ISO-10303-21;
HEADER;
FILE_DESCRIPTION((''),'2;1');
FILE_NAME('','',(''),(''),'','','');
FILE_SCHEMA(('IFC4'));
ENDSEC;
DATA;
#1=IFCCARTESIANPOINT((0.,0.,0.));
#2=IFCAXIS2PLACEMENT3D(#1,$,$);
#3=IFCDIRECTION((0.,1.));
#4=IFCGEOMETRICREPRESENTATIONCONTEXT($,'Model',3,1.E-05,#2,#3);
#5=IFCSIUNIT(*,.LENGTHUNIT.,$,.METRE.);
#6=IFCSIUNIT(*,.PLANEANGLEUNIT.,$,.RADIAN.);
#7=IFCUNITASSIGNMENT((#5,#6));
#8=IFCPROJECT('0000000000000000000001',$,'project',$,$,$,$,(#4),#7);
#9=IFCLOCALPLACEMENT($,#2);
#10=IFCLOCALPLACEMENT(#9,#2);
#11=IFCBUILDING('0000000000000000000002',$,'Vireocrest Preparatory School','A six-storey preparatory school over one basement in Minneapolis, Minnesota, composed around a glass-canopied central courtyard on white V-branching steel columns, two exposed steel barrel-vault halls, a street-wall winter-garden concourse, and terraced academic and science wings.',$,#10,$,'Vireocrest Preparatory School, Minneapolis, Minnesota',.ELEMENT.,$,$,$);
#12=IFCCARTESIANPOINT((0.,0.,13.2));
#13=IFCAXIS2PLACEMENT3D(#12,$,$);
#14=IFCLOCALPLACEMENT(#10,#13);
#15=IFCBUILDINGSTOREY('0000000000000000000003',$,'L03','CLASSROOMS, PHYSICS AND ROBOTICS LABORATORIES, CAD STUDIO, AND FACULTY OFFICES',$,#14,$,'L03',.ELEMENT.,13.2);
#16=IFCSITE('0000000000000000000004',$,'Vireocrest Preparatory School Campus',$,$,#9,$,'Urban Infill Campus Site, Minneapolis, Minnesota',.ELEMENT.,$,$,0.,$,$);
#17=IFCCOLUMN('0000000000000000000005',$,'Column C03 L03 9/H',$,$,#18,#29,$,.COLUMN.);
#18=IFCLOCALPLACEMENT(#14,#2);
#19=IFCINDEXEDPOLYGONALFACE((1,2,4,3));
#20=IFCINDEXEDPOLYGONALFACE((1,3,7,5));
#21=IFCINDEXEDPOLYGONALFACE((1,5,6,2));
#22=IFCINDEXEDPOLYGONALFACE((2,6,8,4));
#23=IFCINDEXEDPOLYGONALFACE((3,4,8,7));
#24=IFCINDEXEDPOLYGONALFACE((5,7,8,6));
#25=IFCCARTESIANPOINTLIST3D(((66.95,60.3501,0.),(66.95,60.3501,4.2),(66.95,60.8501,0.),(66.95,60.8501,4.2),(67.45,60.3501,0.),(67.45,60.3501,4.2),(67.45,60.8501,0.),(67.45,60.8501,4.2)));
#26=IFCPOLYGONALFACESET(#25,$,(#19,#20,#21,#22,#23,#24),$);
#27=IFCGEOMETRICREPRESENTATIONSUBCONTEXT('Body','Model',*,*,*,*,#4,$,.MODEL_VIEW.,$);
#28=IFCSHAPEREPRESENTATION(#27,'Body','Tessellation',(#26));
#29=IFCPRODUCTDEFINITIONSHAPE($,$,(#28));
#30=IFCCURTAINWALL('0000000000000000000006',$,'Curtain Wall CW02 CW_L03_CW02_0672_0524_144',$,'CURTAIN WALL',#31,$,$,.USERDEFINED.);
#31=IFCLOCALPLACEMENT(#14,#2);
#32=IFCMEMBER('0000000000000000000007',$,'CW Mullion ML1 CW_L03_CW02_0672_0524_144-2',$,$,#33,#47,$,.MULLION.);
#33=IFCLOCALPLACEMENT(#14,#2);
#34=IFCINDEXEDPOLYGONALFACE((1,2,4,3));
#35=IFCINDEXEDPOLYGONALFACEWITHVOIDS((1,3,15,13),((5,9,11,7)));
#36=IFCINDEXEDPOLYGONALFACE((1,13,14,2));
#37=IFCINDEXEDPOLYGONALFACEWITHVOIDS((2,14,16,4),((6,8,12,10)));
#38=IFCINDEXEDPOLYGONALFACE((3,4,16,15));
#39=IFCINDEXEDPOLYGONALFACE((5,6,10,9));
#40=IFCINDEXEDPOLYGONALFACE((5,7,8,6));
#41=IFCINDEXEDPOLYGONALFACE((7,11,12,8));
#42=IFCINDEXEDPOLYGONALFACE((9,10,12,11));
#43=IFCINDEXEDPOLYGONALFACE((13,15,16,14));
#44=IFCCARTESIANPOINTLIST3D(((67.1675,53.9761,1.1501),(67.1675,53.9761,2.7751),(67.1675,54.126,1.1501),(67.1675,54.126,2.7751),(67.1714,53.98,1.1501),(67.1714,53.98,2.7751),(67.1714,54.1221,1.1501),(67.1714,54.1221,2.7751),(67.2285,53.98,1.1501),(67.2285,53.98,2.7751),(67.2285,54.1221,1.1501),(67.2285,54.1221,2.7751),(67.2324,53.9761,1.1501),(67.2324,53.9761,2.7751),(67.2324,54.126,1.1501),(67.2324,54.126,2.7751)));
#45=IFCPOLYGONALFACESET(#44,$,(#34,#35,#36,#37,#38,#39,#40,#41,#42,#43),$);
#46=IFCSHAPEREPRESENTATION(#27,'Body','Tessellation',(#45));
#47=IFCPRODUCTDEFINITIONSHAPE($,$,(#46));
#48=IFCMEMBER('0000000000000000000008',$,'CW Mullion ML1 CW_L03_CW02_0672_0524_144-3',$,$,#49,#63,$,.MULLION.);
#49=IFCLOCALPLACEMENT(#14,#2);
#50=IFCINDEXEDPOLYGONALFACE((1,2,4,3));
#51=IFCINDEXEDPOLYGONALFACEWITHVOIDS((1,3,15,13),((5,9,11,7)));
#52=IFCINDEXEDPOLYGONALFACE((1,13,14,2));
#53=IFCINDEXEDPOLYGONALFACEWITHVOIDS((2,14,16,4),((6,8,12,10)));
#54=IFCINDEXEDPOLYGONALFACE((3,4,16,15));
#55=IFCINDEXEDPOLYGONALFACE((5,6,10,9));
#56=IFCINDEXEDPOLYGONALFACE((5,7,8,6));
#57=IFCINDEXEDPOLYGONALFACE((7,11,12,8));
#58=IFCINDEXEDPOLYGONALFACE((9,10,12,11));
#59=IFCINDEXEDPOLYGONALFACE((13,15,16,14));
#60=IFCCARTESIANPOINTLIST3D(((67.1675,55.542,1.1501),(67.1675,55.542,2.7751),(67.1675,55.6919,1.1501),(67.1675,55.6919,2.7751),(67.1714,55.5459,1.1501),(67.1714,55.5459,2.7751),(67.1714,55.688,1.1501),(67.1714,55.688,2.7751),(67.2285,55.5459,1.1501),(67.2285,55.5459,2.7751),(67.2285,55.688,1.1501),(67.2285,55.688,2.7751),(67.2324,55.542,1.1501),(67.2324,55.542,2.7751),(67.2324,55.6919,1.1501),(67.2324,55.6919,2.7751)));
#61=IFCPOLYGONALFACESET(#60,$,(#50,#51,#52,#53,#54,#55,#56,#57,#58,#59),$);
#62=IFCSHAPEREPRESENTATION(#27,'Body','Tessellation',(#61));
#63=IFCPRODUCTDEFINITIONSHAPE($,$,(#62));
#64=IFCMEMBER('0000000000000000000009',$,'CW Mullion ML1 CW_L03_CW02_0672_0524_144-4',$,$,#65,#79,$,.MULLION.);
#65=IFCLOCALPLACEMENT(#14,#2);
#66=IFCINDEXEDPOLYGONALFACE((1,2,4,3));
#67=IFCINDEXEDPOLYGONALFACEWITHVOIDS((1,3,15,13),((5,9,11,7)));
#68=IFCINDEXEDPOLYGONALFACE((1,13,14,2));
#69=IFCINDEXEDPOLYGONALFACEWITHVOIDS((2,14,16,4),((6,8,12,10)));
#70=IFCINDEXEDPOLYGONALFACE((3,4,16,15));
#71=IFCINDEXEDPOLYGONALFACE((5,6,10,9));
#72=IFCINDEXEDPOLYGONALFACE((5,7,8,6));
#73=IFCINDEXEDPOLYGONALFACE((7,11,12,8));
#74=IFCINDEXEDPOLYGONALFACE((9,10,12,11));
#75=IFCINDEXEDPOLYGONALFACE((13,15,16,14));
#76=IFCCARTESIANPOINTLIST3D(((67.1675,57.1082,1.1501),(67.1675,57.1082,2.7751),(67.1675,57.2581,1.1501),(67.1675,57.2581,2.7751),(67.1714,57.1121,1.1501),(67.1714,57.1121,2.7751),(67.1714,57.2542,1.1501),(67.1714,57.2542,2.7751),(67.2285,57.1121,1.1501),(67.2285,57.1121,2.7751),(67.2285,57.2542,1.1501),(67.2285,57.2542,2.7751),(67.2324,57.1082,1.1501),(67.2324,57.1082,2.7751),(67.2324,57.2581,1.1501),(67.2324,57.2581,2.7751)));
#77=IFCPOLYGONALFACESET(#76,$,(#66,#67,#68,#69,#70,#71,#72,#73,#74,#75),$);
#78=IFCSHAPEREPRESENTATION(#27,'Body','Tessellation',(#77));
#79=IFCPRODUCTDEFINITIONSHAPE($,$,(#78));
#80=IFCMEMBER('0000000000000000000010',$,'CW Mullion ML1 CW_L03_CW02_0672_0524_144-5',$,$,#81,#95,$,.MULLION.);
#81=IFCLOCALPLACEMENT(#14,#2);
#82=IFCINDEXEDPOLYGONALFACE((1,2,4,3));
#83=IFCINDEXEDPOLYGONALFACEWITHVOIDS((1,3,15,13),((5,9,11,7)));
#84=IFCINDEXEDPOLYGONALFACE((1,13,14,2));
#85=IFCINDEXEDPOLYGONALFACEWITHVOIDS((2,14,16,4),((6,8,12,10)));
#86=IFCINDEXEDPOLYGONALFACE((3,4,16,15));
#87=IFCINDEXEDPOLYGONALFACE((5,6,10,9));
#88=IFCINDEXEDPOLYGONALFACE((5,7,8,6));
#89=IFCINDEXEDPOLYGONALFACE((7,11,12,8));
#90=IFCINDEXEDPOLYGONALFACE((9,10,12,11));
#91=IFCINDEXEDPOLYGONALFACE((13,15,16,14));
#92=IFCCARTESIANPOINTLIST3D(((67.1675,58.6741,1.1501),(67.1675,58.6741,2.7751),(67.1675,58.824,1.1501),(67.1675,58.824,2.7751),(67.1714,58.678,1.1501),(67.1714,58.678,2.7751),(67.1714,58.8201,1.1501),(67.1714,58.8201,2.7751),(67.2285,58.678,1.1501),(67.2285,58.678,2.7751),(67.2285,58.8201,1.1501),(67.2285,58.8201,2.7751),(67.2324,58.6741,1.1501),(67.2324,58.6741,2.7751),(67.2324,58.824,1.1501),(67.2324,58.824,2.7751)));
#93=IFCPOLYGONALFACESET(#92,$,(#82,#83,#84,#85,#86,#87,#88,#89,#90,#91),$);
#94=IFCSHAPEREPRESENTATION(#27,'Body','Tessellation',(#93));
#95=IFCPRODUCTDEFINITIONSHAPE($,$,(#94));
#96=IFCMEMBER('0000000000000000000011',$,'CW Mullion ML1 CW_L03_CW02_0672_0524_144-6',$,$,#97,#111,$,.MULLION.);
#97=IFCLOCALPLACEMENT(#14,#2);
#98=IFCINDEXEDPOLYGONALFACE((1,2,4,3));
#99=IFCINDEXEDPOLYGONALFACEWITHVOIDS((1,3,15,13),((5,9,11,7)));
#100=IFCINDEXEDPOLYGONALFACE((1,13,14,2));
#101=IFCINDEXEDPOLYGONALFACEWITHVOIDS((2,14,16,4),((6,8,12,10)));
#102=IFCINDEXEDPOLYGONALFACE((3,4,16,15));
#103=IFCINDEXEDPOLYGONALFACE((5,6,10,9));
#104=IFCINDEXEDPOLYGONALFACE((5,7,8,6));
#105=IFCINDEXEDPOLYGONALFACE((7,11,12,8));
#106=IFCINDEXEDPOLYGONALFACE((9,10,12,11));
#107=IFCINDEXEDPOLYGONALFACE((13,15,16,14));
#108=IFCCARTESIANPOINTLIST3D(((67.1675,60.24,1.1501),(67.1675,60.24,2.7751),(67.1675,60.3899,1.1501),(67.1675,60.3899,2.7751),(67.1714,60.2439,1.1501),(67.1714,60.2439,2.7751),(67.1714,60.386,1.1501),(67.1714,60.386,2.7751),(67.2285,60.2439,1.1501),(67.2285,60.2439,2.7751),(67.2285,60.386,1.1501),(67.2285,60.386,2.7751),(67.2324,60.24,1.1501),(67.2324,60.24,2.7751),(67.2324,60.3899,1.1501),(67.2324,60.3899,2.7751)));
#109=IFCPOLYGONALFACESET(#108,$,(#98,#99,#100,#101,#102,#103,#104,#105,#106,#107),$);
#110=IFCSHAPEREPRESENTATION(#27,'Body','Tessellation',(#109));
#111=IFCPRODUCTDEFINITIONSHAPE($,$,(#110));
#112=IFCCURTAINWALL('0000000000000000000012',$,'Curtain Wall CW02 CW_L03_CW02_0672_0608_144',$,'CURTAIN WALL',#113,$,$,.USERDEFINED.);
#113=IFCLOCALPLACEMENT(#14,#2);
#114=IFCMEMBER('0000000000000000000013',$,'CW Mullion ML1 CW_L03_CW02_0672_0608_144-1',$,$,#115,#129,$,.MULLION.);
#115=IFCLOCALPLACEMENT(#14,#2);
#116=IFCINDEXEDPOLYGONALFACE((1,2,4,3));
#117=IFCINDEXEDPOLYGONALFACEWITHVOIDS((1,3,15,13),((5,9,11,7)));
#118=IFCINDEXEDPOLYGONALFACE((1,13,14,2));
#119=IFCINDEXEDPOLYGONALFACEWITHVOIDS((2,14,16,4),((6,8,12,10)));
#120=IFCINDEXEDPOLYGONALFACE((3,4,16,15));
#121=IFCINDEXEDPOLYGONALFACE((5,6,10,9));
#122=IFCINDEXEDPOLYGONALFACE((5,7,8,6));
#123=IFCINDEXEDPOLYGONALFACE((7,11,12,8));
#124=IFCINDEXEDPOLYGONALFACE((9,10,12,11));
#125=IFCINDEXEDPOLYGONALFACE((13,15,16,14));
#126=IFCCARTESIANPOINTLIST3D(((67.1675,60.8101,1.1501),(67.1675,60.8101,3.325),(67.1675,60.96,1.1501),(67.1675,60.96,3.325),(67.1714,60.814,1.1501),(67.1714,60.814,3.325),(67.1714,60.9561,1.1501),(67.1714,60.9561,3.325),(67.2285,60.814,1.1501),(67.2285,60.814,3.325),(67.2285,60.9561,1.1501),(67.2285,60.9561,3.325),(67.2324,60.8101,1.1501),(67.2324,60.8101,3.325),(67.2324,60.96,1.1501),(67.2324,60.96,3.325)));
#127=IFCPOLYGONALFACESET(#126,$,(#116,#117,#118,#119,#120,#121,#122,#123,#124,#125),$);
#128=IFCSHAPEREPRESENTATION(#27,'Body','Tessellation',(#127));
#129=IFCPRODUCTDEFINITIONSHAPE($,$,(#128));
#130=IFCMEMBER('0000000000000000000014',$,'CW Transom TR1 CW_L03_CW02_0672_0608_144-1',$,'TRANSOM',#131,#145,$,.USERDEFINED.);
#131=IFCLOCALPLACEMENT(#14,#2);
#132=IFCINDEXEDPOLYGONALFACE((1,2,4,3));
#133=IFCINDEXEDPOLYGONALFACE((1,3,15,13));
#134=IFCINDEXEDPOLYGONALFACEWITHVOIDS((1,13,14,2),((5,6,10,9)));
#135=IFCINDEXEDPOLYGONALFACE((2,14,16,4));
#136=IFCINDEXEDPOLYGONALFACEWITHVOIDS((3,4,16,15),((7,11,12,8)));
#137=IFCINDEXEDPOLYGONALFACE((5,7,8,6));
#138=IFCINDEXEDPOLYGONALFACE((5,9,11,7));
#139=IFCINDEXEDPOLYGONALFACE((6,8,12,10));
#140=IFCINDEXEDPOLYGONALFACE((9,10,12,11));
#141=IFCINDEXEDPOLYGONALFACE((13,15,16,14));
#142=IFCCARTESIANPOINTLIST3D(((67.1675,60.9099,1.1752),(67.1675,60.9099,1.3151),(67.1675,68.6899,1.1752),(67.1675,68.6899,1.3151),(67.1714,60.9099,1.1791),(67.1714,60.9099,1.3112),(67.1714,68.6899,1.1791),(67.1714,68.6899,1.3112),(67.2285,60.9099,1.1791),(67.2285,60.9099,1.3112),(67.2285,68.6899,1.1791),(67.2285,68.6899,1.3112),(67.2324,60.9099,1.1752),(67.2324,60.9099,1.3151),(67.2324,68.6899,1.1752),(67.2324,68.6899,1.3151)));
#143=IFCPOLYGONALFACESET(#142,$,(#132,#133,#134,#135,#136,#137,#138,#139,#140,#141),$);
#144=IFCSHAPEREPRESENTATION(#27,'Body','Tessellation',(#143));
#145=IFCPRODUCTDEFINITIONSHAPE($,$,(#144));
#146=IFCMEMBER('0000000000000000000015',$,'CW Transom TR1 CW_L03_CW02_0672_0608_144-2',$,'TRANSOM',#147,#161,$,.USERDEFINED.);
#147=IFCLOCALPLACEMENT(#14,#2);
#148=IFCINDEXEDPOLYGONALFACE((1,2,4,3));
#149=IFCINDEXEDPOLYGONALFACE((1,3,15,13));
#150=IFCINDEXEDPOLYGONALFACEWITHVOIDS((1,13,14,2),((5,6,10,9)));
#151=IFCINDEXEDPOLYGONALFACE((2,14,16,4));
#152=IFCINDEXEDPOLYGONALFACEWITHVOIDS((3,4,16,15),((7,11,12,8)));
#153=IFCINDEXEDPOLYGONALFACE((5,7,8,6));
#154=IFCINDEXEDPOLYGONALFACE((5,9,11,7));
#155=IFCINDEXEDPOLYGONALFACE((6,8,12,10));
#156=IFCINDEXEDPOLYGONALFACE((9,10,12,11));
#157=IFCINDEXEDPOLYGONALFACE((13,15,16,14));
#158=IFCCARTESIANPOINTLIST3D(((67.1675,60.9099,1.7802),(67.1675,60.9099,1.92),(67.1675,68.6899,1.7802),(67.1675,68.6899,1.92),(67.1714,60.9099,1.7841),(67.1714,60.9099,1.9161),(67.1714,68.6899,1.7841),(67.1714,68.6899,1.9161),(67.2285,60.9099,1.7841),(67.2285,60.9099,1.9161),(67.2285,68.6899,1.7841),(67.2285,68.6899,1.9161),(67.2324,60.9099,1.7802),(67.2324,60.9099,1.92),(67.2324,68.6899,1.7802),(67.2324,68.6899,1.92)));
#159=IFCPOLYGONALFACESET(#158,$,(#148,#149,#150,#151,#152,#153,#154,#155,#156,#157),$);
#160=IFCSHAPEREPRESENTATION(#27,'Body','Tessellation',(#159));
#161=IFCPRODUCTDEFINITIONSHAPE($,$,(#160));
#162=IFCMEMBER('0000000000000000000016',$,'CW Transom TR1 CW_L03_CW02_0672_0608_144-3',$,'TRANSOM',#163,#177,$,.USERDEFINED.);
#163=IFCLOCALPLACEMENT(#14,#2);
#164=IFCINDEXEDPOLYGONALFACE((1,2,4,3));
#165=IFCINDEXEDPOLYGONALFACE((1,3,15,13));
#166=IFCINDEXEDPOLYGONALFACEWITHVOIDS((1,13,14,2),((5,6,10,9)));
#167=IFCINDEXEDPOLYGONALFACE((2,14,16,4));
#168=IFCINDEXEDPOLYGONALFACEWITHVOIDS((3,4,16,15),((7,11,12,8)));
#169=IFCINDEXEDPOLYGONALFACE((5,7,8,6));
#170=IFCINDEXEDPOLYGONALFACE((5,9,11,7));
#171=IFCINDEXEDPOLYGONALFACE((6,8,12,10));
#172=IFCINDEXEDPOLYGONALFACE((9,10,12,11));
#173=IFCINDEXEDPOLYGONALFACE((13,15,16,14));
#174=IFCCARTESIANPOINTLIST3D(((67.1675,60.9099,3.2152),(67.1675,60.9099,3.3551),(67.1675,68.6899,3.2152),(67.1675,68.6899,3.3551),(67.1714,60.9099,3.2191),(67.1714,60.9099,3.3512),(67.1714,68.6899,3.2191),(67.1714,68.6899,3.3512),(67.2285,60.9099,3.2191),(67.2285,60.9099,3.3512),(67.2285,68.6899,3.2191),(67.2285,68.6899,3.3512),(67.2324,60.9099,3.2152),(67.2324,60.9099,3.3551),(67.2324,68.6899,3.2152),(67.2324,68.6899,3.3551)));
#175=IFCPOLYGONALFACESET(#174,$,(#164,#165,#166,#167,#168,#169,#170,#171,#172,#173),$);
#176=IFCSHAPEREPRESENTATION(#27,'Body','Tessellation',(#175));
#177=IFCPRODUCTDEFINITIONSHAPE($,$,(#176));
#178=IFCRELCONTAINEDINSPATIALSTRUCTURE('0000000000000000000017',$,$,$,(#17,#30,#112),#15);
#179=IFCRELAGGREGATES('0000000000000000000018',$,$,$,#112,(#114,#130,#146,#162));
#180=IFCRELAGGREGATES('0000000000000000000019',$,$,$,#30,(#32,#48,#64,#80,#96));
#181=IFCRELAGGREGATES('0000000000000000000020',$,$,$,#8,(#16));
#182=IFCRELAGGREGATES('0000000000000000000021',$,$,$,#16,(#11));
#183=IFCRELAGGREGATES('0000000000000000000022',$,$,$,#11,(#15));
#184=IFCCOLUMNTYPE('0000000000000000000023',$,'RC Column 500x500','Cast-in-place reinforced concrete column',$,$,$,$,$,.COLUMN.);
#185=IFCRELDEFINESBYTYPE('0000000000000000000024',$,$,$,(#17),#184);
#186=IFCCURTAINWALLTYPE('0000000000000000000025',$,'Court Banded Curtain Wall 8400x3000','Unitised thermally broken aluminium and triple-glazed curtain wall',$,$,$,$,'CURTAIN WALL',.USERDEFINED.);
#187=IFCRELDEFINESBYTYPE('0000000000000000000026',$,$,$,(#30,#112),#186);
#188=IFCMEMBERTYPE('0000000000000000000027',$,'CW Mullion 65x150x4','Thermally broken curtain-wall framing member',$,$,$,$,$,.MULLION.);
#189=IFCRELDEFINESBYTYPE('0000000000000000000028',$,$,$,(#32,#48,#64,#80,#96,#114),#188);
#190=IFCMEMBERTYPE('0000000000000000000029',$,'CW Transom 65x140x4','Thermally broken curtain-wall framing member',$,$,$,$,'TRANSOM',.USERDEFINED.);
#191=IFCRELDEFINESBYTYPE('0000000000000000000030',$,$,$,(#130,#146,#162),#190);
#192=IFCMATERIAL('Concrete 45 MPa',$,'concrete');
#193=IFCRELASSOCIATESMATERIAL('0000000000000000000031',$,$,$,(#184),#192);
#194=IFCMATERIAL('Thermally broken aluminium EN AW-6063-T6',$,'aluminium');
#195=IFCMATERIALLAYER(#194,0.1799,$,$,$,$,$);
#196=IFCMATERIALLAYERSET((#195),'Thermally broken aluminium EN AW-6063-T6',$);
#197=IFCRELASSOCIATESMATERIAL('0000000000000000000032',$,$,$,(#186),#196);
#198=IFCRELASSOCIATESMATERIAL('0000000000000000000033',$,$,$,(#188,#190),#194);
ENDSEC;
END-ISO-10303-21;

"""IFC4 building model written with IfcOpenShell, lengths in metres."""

from ifc_helpers import new_model, si_unit, direction, frame, origin, origin_2d, place, context, subcontext, project, spatial, rectangle, hollow_rectangle, extrude, material, layer, layer_set, material_profile, profile_set, type_object, element, aggregate, save


model = new_model("IFC4")

# Units and contexts
model_context = context("Model", 3, precision=1e-05, world=origin(), true_north=direction((0.0, 1.0)))
body_context = subcontext(model_context, "Body", "Model", "MODEL_VIEW")
ifc_project = project(units=[si_unit("LENGTHUNIT", "METRE"), si_unit("PLANEANGLEUNIT", "RADIAN")], contexts=[model_context])

# Site, building, storey
site_placement = place(None, origin())
site = spatial("IfcSite", under=ifc_project, at=site_placement, Name="Vireocrest Preparatory School Campus", LongName="Urban Infill Campus Site, Minneapolis, Minnesota", CompositionType="ELEMENT", RefElevation=0.0)
building_placement = place(site_placement, origin())
building = spatial("IfcBuilding", under=site, at=building_placement, Name="Vireocrest Preparatory School", Description="A six-storey preparatory school over one basement in Minneapolis, Minnesota, composed around a glass-canopied central courtyard on white V-branching steel columns, two exposed steel barrel-vault halls, a street-wall winter-garden concourse, and terraced academic and science wings.", LongName="Vireocrest Preparatory School, Minneapolis, Minnesota", CompositionType="ELEMENT")
storey_placement = place(building_placement, frame((0.0, 0.0, 13.2)))
storey = spatial("IfcBuildingStorey", under=building, at=storey_placement, Name="L03", Description="CLASSROOMS, PHYSICS AND ROBOTICS LABORATORIES, CAD STUDIO, AND FACULTY OFFICES", LongName="L03", CompositionType="ELEMENT", Elevation=13.2)

# Column
ifc_material_1 = material(Name="Concrete 45 MPa", Category="concrete")
ifc_material_profile_1 = material_profile(ifc_material_1, rectangle(XDim=0.5, YDim=0.5, at=origin_2d()), Name="RC 500x500")
ifc_profile_set_1 = profile_set([ifc_material_profile_1], Name="Concrete 45 MPa")
column_type = type_object("IfcColumnType", Name="RC Column 500x500", Description="Cast-in-place reinforced concrete column", PredefinedType="COLUMN", material=ifc_profile_set_1)
column_placement = place(storey_placement, frame((67.2, 60.6001, 0.0), z_axis=(0.0, 0.0, 1.0), x_axis=(1.0, 0.0, 0.0)))
element("IfcColumn", 1, at=column_placement, inside=storey, type_object=column_type, Name="Column C03 L03 9/H", PredefinedType="COLUMN", context=body_context, shape_type="SweptSolid", body=[
    extrude(rectangle(XDim=0.5, YDim=0.5, at=origin_2d()), origin(), (0.0, 0.0, 1.0), 4.2),
])

# Curtain walls, members
ifc_material_2 = material(Name="Thermally broken aluminium EN AW-6063-T6", Category="aluminium")
ifc_layer_1 = layer(ifc_material_2, 0.1799)
ifc_layer_set_1 = layer_set([ifc_layer_1], Name="Thermally broken aluminium EN AW-6063-T6")
curtain_wall_type = type_object("IfcCurtainWallType", Name="Court Banded Curtain Wall 8400x3000", Description="Unitised thermally broken aluminium and triple-glazed curtain wall", ElementType="CURTAIN WALL", PredefinedType="USERDEFINED", material=ifc_layer_set_1)
curtain_wall_1_placement = place(storey_placement, origin())
curtain_wall_1 = element("IfcCurtainWall", 2, at=curtain_wall_1_placement, inside=storey, type_object=curtain_wall_type, Name="Curtain Wall CW02 CW_L03_CW02_0672_0524_144", ObjectType="CURTAIN WALL", PredefinedType="USERDEFINED")
ifc_material_profile_2 = material_profile(ifc_material_2, hollow_rectangle(XDim=0.0649, YDim=0.1499, WallThickness=0.0039, at=origin_2d()), Name="ALU 65x150x4")
ifc_profile_set_2 = profile_set([ifc_material_profile_2], Name="Thermally broken aluminium EN AW-6063-T6")
member_type_1 = type_object("IfcMemberType", Name="CW Mullion 65x150x4", Description="Thermally broken curtain-wall framing member", PredefinedType="MULLION", material=ifc_profile_set_2)
member_1_placement = place(storey_placement, frame((67.2, 54.051, 1.1501), z_axis=(0.0, 0.0, 1.0), x_axis=(1.0, 0.0, 0.0)))
member_1 = element("IfcMember", 3, at=member_1_placement, type_object=member_type_1, Name="CW Mullion ML1 CW_L03_CW02_0672_0524_144-2", PredefinedType="MULLION", context=body_context, shape_type="SweptSolid", body=[
    extrude(hollow_rectangle(XDim=0.0649, YDim=0.1499, WallThickness=0.0039, at=origin_2d()), origin(), (0.0, 0.0, 1.0), 1.625),
])
member_2_placement = place(storey_placement, frame((67.2, 55.6169, 1.1501), z_axis=(0.0, 0.0, 1.0), x_axis=(1.0, 0.0, 0.0)))
member_2 = element("IfcMember", 4, at=member_2_placement, type_object=member_type_1, Name="CW Mullion ML1 CW_L03_CW02_0672_0524_144-3", PredefinedType="MULLION", context=body_context, shape_type="SweptSolid", body=[
    extrude(hollow_rectangle(XDim=0.0649, YDim=0.1499, WallThickness=0.0039, at=origin_2d()), origin(), (0.0, 0.0, 1.0), 1.625),
])
member_3_placement = place(storey_placement, frame((67.2, 57.1831, 1.1501), z_axis=(0.0, 0.0, 1.0), x_axis=(1.0, 0.0, 0.0)))
member_3 = element("IfcMember", 5, at=member_3_placement, type_object=member_type_1, Name="CW Mullion ML1 CW_L03_CW02_0672_0524_144-4", PredefinedType="MULLION", context=body_context, shape_type="SweptSolid", body=[
    extrude(hollow_rectangle(XDim=0.0649, YDim=0.1499, WallThickness=0.0039, at=origin_2d()), origin(), (0.0, 0.0, 1.0), 1.625),
])
member_4_placement = place(storey_placement, frame((67.2, 58.749, 1.1501), z_axis=(0.0, 0.0, 1.0), x_axis=(1.0, 0.0, 0.0)))
member_4 = element("IfcMember", 6, at=member_4_placement, type_object=member_type_1, Name="CW Mullion ML1 CW_L03_CW02_0672_0524_144-5", PredefinedType="MULLION", context=body_context, shape_type="SweptSolid", body=[
    extrude(hollow_rectangle(XDim=0.0649, YDim=0.1499, WallThickness=0.0039, at=origin_2d()), origin(), (0.0, 0.0, 1.0), 1.625),
])
member_5_placement = place(storey_placement, frame((67.2, 60.3149, 1.1501), z_axis=(0.0, 0.0, 1.0), x_axis=(1.0, 0.0, 0.0)))
member_5 = element("IfcMember", 7, at=member_5_placement, type_object=member_type_1, Name="CW Mullion ML1 CW_L03_CW02_0672_0524_144-6", PredefinedType="MULLION", context=body_context, shape_type="SweptSolid", body=[
    extrude(hollow_rectangle(XDim=0.0649, YDim=0.1499, WallThickness=0.0039, at=origin_2d()), origin(), (0.0, 0.0, 1.0), 1.625),
])
curtain_wall_2_placement = place(storey_placement, origin())
curtain_wall_2 = element("IfcCurtainWall", 8, at=curtain_wall_2_placement, inside=storey, type_object=curtain_wall_type, Name="Curtain Wall CW02 CW_L03_CW02_0672_0608_144", ObjectType="CURTAIN WALL", PredefinedType="USERDEFINED")
member_6_placement = place(storey_placement, frame((67.2, 60.885, 1.1501), z_axis=(0.0, 0.0, 1.0), x_axis=(1.0, 0.0, 0.0)))
member_6 = element("IfcMember", 9, at=member_6_placement, type_object=member_type_1, Name="CW Mullion ML1 CW_L03_CW02_0672_0608_144-1", PredefinedType="MULLION", context=body_context, shape_type="SweptSolid", body=[
    extrude(hollow_rectangle(XDim=0.0649, YDim=0.1499, WallThickness=0.0039, at=origin_2d()), origin(), (0.0, 0.0, 1.0), 2.1748),
])
ifc_material_profile_3 = material_profile(ifc_material_2, hollow_rectangle(XDim=0.0649, YDim=0.1399, WallThickness=0.0039, at=origin_2d()), Name="ALU 65x140x4")
ifc_profile_set_3 = profile_set([ifc_material_profile_3], Name="Thermally broken aluminium EN AW-6063-T6")
member_type_2 = type_object("IfcMemberType", Name="CW Transom 65x140x4", Description="Thermally broken curtain-wall framing member", ElementType="TRANSOM", PredefinedType="USERDEFINED", material=ifc_profile_set_3)
member_7_placement = place(storey_placement, frame((67.2, 60.9099, 1.2451), z_axis=(0.0, 1.0, 0.0), x_axis=(-1.0, 0.0, 0.0)))
member_7 = element("IfcMember", 10, at=member_7_placement, type_object=member_type_2, Name="CW Transom TR1 CW_L03_CW02_0672_0608_144-1", ObjectType="TRANSOM", PredefinedType="USERDEFINED", context=body_context, shape_type="SweptSolid", body=[
    extrude(hollow_rectangle(XDim=0.0649, YDim=0.1399, WallThickness=0.0039, at=origin_2d()), origin(), (0.0, 0.0, 1.0), 7.78),
])
member_8_placement = place(storey_placement, frame((67.2, 60.9099, 1.8501), z_axis=(0.0, 1.0, 0.0), x_axis=(-1.0, 0.0, 0.0)))
member_8 = element("IfcMember", 11, at=member_8_placement, type_object=member_type_2, Name="CW Transom TR1 CW_L03_CW02_0672_0608_144-2", ObjectType="TRANSOM", PredefinedType="USERDEFINED", context=body_context, shape_type="SweptSolid", body=[
    extrude(hollow_rectangle(XDim=0.0649, YDim=0.1399, WallThickness=0.0039, at=origin_2d()), origin(), (0.0, 0.0, 1.0), 7.78),
])
member_9_placement = place(storey_placement, frame((67.2, 60.9099, 3.2852), z_axis=(0.0, 1.0, 0.0), x_axis=(-1.0, 0.0, 0.0)))
member_9 = element("IfcMember", 12, at=member_9_placement, type_object=member_type_2, Name="CW Transom TR1 CW_L03_CW02_0672_0608_144-3", ObjectType="TRANSOM", PredefinedType="USERDEFINED", context=body_context, shape_type="SweptSolid", body=[
    extrude(hollow_rectangle(XDim=0.0649, YDim=0.1399, WallThickness=0.0039, at=origin_2d()), origin(), (0.0, 0.0, 1.0), 7.78),
])
aggregate(curtain_wall_2, [member_6, member_7, member_8, member_9])

aggregate(curtain_wall_1, [member_1, member_2, member_3, member_4, member_5])

save(model, "model.ifc")
